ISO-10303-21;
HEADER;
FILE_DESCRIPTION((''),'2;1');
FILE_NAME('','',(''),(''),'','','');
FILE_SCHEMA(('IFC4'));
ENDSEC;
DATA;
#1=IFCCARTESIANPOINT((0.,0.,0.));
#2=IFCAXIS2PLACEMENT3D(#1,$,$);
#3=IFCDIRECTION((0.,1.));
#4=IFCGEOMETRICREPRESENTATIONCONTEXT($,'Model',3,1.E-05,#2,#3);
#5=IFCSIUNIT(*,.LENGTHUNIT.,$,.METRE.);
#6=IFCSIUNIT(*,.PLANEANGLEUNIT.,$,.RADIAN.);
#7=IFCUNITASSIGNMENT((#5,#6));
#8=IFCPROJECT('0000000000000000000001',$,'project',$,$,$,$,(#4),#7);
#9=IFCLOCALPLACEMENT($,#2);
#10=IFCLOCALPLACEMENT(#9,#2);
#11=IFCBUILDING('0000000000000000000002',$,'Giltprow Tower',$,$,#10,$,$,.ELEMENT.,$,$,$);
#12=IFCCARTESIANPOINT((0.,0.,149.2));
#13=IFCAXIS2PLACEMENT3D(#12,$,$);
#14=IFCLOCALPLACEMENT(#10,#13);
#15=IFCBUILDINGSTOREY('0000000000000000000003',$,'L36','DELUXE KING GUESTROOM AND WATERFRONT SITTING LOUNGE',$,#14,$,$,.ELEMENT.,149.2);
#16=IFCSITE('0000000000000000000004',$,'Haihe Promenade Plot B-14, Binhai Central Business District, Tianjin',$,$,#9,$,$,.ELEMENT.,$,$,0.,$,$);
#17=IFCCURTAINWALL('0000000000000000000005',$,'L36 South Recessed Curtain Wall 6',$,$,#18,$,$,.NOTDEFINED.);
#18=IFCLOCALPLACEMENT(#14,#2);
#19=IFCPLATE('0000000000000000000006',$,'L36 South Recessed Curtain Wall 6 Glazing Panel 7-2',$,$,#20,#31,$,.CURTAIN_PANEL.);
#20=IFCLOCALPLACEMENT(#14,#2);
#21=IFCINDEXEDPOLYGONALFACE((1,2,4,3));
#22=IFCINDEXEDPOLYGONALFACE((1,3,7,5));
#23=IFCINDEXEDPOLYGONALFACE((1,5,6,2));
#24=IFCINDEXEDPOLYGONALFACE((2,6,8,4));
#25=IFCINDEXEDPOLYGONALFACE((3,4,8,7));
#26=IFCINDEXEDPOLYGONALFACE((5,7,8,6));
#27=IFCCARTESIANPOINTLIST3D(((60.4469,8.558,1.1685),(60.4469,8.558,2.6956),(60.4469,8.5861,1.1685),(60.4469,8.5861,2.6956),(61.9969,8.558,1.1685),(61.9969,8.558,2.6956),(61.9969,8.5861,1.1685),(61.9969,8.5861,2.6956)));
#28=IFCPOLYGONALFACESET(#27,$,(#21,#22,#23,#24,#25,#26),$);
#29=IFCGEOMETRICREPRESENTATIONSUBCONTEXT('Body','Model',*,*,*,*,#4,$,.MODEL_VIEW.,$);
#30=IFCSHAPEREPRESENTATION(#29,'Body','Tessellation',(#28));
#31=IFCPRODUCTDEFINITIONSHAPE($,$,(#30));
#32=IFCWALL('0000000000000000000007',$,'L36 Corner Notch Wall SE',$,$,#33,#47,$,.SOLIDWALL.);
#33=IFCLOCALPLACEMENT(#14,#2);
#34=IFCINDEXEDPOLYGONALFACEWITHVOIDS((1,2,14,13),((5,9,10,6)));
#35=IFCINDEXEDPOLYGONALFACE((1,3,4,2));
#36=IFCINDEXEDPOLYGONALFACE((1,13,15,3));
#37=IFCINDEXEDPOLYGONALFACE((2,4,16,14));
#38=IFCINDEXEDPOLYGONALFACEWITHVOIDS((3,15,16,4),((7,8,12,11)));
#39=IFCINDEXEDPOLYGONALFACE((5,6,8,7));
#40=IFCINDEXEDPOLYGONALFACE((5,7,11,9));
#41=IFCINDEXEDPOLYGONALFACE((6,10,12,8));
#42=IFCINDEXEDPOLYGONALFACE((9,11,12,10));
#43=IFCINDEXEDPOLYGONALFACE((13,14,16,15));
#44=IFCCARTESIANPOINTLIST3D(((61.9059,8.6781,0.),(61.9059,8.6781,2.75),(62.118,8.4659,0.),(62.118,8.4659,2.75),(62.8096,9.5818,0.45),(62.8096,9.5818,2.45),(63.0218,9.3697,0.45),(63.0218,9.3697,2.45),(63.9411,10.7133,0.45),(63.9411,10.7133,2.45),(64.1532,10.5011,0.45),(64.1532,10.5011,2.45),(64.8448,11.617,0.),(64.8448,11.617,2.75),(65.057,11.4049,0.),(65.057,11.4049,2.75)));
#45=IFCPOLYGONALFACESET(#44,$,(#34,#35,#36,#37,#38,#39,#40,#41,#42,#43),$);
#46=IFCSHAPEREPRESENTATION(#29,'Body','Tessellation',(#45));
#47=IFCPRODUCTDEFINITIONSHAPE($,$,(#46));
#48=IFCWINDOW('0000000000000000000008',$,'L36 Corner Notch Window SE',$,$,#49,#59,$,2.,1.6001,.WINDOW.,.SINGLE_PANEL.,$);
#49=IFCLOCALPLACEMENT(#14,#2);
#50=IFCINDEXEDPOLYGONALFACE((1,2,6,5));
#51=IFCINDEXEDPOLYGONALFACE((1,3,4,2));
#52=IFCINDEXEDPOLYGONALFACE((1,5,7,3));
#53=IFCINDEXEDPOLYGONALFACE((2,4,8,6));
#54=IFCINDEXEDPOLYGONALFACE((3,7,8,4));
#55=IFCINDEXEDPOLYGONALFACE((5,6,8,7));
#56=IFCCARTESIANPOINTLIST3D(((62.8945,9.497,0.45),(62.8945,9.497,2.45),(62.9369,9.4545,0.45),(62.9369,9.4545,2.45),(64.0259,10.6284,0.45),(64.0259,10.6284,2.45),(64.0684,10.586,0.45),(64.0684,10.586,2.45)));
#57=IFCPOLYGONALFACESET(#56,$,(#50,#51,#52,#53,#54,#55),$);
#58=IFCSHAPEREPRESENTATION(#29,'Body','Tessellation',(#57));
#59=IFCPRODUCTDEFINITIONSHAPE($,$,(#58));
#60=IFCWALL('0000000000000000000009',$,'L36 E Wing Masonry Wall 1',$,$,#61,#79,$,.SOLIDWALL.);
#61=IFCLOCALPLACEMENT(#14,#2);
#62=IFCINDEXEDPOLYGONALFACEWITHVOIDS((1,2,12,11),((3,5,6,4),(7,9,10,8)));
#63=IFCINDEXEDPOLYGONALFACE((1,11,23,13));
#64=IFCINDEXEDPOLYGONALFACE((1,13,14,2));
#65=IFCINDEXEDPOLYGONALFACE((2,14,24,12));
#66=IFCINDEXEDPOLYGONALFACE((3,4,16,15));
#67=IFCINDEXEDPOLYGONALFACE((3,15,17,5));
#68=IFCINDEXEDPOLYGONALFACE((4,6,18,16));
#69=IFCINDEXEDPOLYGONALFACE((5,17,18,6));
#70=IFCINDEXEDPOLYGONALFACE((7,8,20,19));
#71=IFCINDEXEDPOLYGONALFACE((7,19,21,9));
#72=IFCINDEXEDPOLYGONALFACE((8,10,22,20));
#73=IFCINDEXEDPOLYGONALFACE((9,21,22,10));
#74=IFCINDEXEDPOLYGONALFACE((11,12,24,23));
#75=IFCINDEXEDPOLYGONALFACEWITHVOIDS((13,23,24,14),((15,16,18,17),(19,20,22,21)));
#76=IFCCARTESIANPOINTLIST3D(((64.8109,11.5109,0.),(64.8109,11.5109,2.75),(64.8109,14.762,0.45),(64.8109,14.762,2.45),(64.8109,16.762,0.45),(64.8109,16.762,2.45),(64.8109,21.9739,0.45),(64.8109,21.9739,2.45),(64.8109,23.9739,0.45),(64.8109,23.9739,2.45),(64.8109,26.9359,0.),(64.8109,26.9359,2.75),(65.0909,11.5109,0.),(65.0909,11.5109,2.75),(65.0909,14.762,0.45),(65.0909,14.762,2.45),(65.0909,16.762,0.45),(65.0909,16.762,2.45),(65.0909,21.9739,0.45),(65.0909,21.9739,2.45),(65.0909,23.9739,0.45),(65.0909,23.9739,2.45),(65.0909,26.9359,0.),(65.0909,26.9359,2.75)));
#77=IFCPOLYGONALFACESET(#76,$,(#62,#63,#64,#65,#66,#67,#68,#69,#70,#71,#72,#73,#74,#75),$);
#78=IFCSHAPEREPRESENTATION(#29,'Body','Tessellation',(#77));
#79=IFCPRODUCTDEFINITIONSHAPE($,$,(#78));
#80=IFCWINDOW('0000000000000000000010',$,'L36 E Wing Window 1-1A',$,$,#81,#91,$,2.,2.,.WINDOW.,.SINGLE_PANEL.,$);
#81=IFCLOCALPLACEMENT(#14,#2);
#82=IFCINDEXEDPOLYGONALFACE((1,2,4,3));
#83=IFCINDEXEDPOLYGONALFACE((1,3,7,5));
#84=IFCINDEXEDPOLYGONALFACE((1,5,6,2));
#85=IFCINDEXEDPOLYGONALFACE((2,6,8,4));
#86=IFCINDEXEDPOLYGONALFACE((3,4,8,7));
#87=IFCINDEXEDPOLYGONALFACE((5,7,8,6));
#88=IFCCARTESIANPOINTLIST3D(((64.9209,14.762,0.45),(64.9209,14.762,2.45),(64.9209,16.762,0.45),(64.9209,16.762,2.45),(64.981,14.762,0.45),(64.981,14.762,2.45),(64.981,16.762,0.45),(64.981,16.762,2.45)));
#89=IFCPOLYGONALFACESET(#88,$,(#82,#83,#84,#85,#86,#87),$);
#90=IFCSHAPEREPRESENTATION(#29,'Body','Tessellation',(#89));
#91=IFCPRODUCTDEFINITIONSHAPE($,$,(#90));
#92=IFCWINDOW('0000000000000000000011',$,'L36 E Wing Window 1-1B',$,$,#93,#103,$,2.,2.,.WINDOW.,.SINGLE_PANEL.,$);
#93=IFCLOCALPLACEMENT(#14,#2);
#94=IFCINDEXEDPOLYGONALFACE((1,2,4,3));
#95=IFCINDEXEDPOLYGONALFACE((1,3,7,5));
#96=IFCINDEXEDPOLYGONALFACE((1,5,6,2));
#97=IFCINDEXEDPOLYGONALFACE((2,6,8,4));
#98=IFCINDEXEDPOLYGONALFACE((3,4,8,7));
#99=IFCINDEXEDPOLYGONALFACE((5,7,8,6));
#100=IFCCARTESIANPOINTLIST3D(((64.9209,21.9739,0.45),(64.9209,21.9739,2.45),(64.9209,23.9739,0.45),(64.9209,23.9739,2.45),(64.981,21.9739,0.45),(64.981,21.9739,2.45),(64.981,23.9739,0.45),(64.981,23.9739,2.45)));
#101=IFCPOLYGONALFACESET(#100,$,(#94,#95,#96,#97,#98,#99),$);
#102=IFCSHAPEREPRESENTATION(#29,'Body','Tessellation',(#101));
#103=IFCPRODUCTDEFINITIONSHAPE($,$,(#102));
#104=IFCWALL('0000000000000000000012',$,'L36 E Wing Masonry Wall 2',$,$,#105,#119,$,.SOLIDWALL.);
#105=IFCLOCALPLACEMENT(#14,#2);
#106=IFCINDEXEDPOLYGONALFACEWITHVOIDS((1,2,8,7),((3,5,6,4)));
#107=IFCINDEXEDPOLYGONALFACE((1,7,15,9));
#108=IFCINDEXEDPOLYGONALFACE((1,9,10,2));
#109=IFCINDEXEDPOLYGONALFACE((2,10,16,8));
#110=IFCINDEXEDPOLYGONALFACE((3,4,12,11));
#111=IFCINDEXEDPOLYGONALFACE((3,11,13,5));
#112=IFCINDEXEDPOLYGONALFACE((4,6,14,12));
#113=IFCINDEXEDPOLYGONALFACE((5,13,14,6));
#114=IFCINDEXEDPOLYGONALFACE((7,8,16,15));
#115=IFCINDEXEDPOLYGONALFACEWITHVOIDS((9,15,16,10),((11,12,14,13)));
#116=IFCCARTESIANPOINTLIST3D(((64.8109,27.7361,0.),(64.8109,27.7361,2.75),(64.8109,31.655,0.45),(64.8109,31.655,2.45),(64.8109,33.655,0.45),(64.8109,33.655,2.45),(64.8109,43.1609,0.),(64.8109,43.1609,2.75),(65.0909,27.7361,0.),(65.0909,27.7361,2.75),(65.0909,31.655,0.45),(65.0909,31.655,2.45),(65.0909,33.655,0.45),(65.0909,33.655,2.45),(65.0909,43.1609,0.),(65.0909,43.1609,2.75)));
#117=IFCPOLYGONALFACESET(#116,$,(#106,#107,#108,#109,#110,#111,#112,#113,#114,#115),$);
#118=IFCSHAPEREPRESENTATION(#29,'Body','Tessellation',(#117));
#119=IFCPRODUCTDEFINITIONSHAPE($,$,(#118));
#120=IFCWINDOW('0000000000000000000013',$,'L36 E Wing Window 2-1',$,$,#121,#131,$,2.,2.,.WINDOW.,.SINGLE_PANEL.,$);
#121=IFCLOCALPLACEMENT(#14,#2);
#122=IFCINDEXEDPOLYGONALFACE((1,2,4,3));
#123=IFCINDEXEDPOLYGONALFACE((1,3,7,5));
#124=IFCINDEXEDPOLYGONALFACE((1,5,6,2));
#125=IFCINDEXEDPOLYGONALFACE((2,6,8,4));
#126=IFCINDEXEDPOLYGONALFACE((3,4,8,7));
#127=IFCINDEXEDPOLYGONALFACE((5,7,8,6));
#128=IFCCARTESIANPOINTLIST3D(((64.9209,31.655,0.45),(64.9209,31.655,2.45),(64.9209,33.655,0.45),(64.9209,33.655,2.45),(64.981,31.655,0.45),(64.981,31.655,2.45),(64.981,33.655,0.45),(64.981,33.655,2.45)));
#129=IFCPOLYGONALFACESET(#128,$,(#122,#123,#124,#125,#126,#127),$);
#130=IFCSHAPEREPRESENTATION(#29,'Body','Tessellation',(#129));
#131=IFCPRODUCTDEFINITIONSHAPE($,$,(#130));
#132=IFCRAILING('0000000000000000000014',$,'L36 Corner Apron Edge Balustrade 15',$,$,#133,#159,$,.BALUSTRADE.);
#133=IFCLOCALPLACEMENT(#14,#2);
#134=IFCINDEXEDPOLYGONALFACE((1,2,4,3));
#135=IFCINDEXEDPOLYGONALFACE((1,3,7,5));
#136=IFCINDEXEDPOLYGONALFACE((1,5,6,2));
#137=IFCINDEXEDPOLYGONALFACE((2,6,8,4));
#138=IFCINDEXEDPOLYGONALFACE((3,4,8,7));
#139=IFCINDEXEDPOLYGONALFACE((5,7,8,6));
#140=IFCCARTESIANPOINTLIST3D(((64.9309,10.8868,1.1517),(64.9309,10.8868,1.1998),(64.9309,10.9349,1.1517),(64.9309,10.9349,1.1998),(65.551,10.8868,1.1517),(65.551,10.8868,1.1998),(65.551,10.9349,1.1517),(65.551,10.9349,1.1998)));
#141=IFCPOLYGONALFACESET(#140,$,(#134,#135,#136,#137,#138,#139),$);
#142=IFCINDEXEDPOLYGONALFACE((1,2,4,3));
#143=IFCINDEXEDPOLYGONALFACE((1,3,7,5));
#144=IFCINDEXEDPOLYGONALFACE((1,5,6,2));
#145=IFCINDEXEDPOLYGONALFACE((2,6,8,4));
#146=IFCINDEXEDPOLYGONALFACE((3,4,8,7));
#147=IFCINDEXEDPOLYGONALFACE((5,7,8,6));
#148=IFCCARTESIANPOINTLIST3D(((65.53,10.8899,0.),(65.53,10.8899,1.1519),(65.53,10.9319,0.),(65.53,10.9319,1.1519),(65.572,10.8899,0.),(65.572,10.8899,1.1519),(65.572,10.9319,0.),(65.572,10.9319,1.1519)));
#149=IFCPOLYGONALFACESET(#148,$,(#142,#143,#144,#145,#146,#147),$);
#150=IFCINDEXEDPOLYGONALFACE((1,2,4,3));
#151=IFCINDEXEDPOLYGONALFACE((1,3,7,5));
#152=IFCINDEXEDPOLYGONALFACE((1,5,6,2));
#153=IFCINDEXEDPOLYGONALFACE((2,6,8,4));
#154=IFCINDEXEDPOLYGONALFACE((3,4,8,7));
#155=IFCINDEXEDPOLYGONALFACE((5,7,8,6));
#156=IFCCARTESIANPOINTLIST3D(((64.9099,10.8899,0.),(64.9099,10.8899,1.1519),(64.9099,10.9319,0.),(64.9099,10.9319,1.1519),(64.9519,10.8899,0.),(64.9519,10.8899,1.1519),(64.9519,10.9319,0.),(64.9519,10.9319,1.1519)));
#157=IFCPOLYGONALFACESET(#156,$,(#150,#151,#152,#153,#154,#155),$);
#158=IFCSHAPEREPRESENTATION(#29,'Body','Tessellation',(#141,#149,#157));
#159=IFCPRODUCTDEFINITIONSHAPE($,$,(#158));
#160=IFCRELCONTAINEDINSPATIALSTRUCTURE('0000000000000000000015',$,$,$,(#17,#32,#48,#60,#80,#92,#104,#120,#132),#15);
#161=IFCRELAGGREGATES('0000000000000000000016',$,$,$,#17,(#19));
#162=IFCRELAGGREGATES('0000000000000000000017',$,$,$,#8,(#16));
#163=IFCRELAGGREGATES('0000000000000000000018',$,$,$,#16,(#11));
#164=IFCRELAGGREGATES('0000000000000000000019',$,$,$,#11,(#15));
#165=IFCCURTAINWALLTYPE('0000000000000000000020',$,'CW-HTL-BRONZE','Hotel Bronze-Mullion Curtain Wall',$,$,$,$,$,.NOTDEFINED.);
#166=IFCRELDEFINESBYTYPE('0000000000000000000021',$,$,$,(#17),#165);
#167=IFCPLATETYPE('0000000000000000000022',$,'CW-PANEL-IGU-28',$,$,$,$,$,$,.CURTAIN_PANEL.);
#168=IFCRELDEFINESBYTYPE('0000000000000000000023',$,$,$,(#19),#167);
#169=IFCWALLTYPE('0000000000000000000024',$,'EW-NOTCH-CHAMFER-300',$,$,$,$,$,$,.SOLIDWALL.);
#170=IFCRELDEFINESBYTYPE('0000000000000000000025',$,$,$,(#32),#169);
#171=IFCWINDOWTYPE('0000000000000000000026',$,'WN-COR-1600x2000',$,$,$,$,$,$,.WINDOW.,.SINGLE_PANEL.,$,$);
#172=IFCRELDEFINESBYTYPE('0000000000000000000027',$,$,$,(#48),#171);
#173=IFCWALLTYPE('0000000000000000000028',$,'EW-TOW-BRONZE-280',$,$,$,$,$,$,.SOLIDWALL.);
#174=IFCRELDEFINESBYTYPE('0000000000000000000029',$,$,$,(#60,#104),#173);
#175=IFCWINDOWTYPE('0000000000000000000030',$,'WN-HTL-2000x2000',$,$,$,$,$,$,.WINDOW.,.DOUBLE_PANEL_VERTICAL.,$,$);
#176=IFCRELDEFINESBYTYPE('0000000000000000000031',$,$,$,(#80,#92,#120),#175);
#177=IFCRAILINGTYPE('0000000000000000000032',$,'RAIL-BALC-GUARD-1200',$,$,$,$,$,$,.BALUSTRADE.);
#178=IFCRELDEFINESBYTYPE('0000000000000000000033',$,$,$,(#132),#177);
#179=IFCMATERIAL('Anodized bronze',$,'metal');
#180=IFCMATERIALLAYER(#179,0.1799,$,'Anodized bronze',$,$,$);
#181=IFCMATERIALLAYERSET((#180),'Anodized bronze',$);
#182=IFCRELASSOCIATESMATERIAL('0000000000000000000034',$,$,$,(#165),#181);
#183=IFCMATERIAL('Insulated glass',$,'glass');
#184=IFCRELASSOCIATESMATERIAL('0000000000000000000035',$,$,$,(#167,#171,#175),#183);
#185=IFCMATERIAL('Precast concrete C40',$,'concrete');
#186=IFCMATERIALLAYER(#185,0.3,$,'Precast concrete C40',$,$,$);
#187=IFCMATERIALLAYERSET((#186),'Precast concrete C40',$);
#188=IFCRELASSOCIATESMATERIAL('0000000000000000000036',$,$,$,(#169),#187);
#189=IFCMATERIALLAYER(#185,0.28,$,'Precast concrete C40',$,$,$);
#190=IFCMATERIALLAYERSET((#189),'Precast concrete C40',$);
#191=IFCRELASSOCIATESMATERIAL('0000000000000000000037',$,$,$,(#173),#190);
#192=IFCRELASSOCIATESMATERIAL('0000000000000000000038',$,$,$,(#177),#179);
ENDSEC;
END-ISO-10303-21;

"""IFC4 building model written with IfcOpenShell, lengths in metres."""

from ifc_helpers import new_model, si_unit, direction, frame, frame_2d, origin, origin_2d, place, context, subcontext, project, spatial, rectangle, extrude, source, transform, mapped, material, layer, layer_set, type_object, element, fill, aggregate, save


model = new_model("IFC4")

# Units and contexts
model_context = context("Model", 3, precision=1e-05, world=origin(), true_north=direction((0.0, 1.0)))
body_context = subcontext(model_context, "Body", "Model", "MODEL_VIEW")
ifc_project = project(units=[si_unit("LENGTHUNIT", "METRE"), si_unit("PLANEANGLEUNIT", "RADIAN")], contexts=[model_context])

# Site, building, storey
site_placement = place(None, origin())
site = spatial("IfcSite", under=ifc_project, at=site_placement, Name="Haihe Promenade Plot B-14, Binhai Central Business District, Tianjin", CompositionType="ELEMENT", RefElevation=0.0)
building_placement = place(site_placement, origin())
building = spatial("IfcBuilding", under=site, at=building_placement, Name="Giltprow Tower", CompositionType="ELEMENT")
storey_placement = place(building_placement, frame((0.0, 0.0, 149.2)))
storey = spatial("IfcBuildingStorey", under=building, at=storey_placement, Name="L36", Description="DELUXE KING GUESTROOM AND WATERFRONT SITTING LOUNGE", CompositionType="ELEMENT", Elevation=149.2)

# Curtain wall, plate
ifc_material_1 = material(Name="Anodized bronze", Category="metal")
ifc_layer_1 = layer(ifc_material_1, 0.1799, Name="Anodized bronze")
ifc_layer_set_1 = layer_set([ifc_layer_1], Name="Anodized bronze")
curtain_wall_type = type_object("IfcCurtainWallType", Name="CW-HTL-BRONZE", Description="Hotel Bronze-Mullion Curtain Wall", PredefinedType="NOTDEFINED", material=ifc_layer_set_1)
curtain_wall_placement = place(storey_placement, origin())
curtain_wall = element("IfcCurtainWall", 1, at=curtain_wall_placement, inside=storey, type_object=curtain_wall_type, Name="L36 South Recessed Curtain Wall 6", PredefinedType="NOTDEFINED")
ifc_material_2 = material(Name="Insulated glass", Category="glass")
plate_type = type_object("IfcPlateType", Name="CW-PANEL-IGU-28", PredefinedType="CURTAIN_PANEL", material=ifc_material_2)
shared_shape_1 = source(origin(), body_context, "Body", "SweptSolid", [
    extrude(rectangle(XDim=1.55, YDim=0.0281, at=origin_2d()), origin(), (0.0, 0.0, 1.0), 1.5271),
])
plate_1_placement = place(storey_placement, frame((61.2219, 8.572, 1.1685), z_axis=(0.0, 0.0, 1.0), x_axis=(1.0, 0.0, 0.0)))
plate_1 = element("IfcPlate", 2, at=plate_1_placement, type_object=plate_type, Name="L36 South Recessed Curtain Wall 6 Glazing Panel 7-2", PredefinedType="CURTAIN_PANEL", context=body_context, shape_type="MappedRepresentation", body=[
    mapped(shared_shape_1, transform((0.0, 0.0, 0.0), x_axis=(1.0, 0.0, 0.0), y_axis=(0.0, 1.0, 0.0), z_axis=(0.0, 0.0, 1.0), scale=1.0)),
])
aggregate(curtain_wall, [plate_1])

# Wall, opening, window
ifc_material_3 = material(Name="Precast concrete C40", Category="concrete")
ifc_layer_2 = layer(ifc_material_3, 0.3, Name="Precast concrete C40")
ifc_layer_set_2 = layer_set([ifc_layer_2], Name="Precast concrete C40")
wall_type_1 = type_object("IfcWallType", Name="EW-NOTCH-CHAMFER-300", PredefinedType="SOLIDWALL", material=ifc_layer_set_2)
wall_1_placement = place(storey_placement, frame((62.012, 8.572, 0.0), z_axis=(0.0, 0.0, 1.0), x_axis=(0.707107, 0.707107, 0.0)))
wall_1 = element("IfcWall", 3, at=wall_1_placement, inside=storey, type_object=wall_type_1, Name="L36 Corner Notch Wall SE", PredefinedType="SOLIDWALL", context=body_context, shape_type="SweptSolid", body=[
    extrude(rectangle(XDim=4.1562, YDim=0.3, at=frame_2d((2.0781, 0.0))), origin(), (0.0, 0.0, 1.0), 2.75),
])
opening_1_placement = place(wall_1_placement, frame((1.2781, 0.0, 0.45)))
opening_1 = element("IfcOpeningElement", 4, at=opening_1_placement, cuts=wall_1, PredefinedType="OPENING", context=body_context, shape_type="SweptSolid", body=[
    extrude(rectangle(XDim=1.6001, YDim=2.0, at=frame_2d((0.8, 1.0))), frame((0.0, 0.1599, 0.0), z_axis=(0.0, -1.0, 0.0), x_axis=(1.0, 0.0, 0.0)), (0.0, 0.0, 1.0), 0.3201),
])
window_type_1 = type_object("IfcWindowType", Name="WN-COR-1600x2000", PartitioningType="SINGLE_PANEL", PredefinedType="WINDOW", material=ifc_material_2)
shared_shape_2 = source(origin(), body_context, "Body", "SweptSolid", [
    extrude(rectangle(XDim=1.6001, YDim=2.0, at=frame_2d((0.8, 1.0))), frame((0.0, 0.03, 0.0), z_axis=(0.0, -1.0, 0.0), x_axis=(1.0, 0.0, 0.0)), (0.0, 0.0, 1.0), 0.0601),
])
window_1_placement = place(opening_1_placement, origin())
window_1 = element("IfcWindow", 5, at=window_1_placement, inside=storey, type_object=window_type_1, Name="L36 Corner Notch Window SE", OverallHeight=2.0, OverallWidth=1.6001, PartitioningType="SINGLE_PANEL", PredefinedType="WINDOW", context=body_context, shape_type="MappedRepresentation", body=[
    mapped(shared_shape_2, transform((0.0, 0.0, 0.0), x_axis=(1.0, 0.0, 0.0), y_axis=(0.0, 1.0, 0.0), z_axis=(0.0, 0.0, 1.0), scale=1.0)),
])
fill(opening_1, window_1)

# Wall, openings, windows
ifc_layer_3 = layer(ifc_material_3, 0.28, Name="Precast concrete C40")
ifc_layer_set_3 = layer_set([ifc_layer_3], Name="Precast concrete C40")
wall_type_2 = type_object("IfcWallType", Name="EW-TOW-BRONZE-280", PredefinedType="SOLIDWALL", material=ifc_layer_set_3)
wall_2_placement = place(storey_placement, frame((64.9509, 11.511, 0.0), z_axis=(0.0, 0.0, 1.0), x_axis=(0.0, 1.0, 0.0)))
wall_2 = element("IfcWall", 6, at=wall_2_placement, inside=storey, type_object=wall_type_2, Name="L36 E Wing Masonry Wall 1", PredefinedType="SOLIDWALL", context=body_context, shape_type="SweptSolid", body=[
    extrude(rectangle(XDim=15.425, YDim=0.28, at=frame_2d((7.7124, 0.0))), origin(), (0.0, 0.0, 1.0), 2.75),
])
opening_2_placement = place(wall_2_placement, frame((3.251, 0.0, 0.45)))
opening_2 = element("IfcOpeningElement", 7, at=opening_2_placement, cuts=wall_2, PredefinedType="OPENING", context=body_context, shape_type="SweptSolid", body=[
    extrude(rectangle(XDim=2.0, YDim=2.0, at=frame_2d((1.0, 1.0))), frame((0.0, 0.1499, 0.0), z_axis=(0.0, -1.0, 0.0), x_axis=(1.0, 0.0, 0.0)), (0.0, 0.0, 1.0), 0.3),
])
opening_3_placement = place(wall_2_placement, frame((10.4629, 0.0, 0.45)))
opening_3 = element("IfcOpeningElement", 8, at=opening_3_placement, cuts=wall_2, PredefinedType="OPENING", context=body_context, shape_type="SweptSolid", body=[
    extrude(rectangle(XDim=2.0, YDim=2.0, at=frame_2d((1.0, 1.0))), frame((0.0, 0.1499, 0.0), z_axis=(0.0, -1.0, 0.0), x_axis=(1.0, 0.0, 0.0)), (0.0, 0.0, 1.0), 0.3),
])
window_type_2 = type_object("IfcWindowType", Name="WN-HTL-2000x2000", PartitioningType="DOUBLE_PANEL_VERTICAL", PredefinedType="WINDOW", material=ifc_material_2)
shared_shape_3 = source(origin(), body_context, "Body", "SweptSolid", [
    extrude(rectangle(XDim=2.0, YDim=2.0, at=frame_2d((1.0, 1.0))), frame((0.0, 0.03, 0.0), z_axis=(0.0, -1.0, 0.0), x_axis=(1.0, 0.0, 0.0)), (0.0, 0.0, 1.0), 0.0601),
])
window_2_placement = place(opening_2_placement, origin())
window_2 = element("IfcWindow", 9, at=window_2_placement, inside=storey, type_object=window_type_2, Name="L36 E Wing Window 1-1A", OverallHeight=2.0, OverallWidth=2.0, PartitioningType="SINGLE_PANEL", PredefinedType="WINDOW", context=body_context, shape_type="MappedRepresentation", body=[
    mapped(shared_shape_3, transform((0.0, 0.0, 0.0), x_axis=(1.0, 0.0, 0.0), y_axis=(0.0, 1.0, 0.0), z_axis=(0.0, 0.0, 1.0), scale=1.0)),
])
fill(opening_2, window_2)
window_3_placement = place(opening_3_placement, origin())
window_3 = element("IfcWindow", 10, at=window_3_placement, inside=storey, type_object=window_type_2, Name="L36 E Wing Window 1-1B", OverallHeight=2.0, OverallWidth=2.0, PartitioningType="SINGLE_PANEL", PredefinedType="WINDOW", context=body_context, shape_type="MappedRepresentation", body=[
    mapped(shared_shape_3, transform((0.0, 0.0, 0.0), x_axis=(1.0, 0.0, 0.0), y_axis=(0.0, 1.0, 0.0), z_axis=(0.0, 0.0, 1.0), scale=1.0)),
])
fill(opening_3, window_3)

# Wall, opening, window
wall_3_placement = place(storey_placement, frame((64.9509, 27.7361, 0.0), z_axis=(0.0, 0.0, 1.0), x_axis=(0.0, 1.0, 0.0)))
wall_3 = element("IfcWall", 11, at=wall_3_placement, inside=storey, type_object=wall_type_2, Name="L36 E Wing Masonry Wall 2", PredefinedType="SOLIDWALL", context=body_context, shape_type="SweptSolid", body=[
    extrude(rectangle(XDim=15.4248, YDim=0.28, at=frame_2d((7.7124, 0.0))), origin(), (0.0, 0.0, 1.0), 2.75),
])
opening_4_placement = place(wall_3_placement, frame((3.9189, 0.0, 0.45)))
opening_4 = element("IfcOpeningElement", 12, at=opening_4_placement, cuts=wall_3, PredefinedType="OPENING", context=body_context, shape_type="SweptSolid", body=[
    extrude(rectangle(XDim=2.0, YDim=2.0, at=frame_2d((1.0, 1.0))), frame((0.0, 0.1499, 0.0), z_axis=(0.0, -1.0, 0.0), x_axis=(1.0, 0.0, 0.0)), (0.0, 0.0, 1.0), 0.3),
])
window_4_placement = place(opening_4_placement, origin())
window_4 = element("IfcWindow", 13, at=window_4_placement, inside=storey, type_object=window_type_2, Name="L36 E Wing Window 2-1", OverallHeight=2.0, OverallWidth=2.0, PartitioningType="SINGLE_PANEL", PredefinedType="WINDOW", context=body_context, shape_type="MappedRepresentation", body=[
    mapped(shared_shape_3, transform((0.0, 0.0, 0.0), x_axis=(1.0, 0.0, 0.0), y_axis=(0.0, 1.0, 0.0), z_axis=(0.0, 0.0, 1.0), scale=1.0)),
])
fill(opening_4, window_4)

# Railing
railing_type = type_object("IfcRailingType", Name="RAIL-BALC-GUARD-1200", PredefinedType="BALUSTRADE", material=ifc_material_1)
railing_1_placement = place(storey_placement, frame((65.551, 10.9109, 0.0)))
element("IfcRailing", 14, at=railing_1_placement, inside=storey, type_object=railing_type, Name="L36 Corner Apron Edge Balustrade 15", PredefinedType="BALUSTRADE", context=body_context, shape_type="SweptSolid", body=[
    extrude(rectangle(XDim=0.0481, YDim=0.0481, at=origin_2d()), frame((0.0, 0.0, 1.1758), z_axis=(-1.0, 0.0, 0.0), x_axis=(0.0, -1.0, 0.0)), (0.0, 0.0, 1.0), 0.6201),
    extrude(rectangle(XDim=0.042, YDim=0.042, at=origin_2d()), origin(), (0.0, 0.0, 1.0), 1.1519),
    extrude(rectangle(XDim=0.042, YDim=0.042, at=origin_2d()), frame((-0.6201, 0.0, 0.0)), (0.0, 0.0, 1.0), 1.1519),
])

save(model, "model.ifc")
